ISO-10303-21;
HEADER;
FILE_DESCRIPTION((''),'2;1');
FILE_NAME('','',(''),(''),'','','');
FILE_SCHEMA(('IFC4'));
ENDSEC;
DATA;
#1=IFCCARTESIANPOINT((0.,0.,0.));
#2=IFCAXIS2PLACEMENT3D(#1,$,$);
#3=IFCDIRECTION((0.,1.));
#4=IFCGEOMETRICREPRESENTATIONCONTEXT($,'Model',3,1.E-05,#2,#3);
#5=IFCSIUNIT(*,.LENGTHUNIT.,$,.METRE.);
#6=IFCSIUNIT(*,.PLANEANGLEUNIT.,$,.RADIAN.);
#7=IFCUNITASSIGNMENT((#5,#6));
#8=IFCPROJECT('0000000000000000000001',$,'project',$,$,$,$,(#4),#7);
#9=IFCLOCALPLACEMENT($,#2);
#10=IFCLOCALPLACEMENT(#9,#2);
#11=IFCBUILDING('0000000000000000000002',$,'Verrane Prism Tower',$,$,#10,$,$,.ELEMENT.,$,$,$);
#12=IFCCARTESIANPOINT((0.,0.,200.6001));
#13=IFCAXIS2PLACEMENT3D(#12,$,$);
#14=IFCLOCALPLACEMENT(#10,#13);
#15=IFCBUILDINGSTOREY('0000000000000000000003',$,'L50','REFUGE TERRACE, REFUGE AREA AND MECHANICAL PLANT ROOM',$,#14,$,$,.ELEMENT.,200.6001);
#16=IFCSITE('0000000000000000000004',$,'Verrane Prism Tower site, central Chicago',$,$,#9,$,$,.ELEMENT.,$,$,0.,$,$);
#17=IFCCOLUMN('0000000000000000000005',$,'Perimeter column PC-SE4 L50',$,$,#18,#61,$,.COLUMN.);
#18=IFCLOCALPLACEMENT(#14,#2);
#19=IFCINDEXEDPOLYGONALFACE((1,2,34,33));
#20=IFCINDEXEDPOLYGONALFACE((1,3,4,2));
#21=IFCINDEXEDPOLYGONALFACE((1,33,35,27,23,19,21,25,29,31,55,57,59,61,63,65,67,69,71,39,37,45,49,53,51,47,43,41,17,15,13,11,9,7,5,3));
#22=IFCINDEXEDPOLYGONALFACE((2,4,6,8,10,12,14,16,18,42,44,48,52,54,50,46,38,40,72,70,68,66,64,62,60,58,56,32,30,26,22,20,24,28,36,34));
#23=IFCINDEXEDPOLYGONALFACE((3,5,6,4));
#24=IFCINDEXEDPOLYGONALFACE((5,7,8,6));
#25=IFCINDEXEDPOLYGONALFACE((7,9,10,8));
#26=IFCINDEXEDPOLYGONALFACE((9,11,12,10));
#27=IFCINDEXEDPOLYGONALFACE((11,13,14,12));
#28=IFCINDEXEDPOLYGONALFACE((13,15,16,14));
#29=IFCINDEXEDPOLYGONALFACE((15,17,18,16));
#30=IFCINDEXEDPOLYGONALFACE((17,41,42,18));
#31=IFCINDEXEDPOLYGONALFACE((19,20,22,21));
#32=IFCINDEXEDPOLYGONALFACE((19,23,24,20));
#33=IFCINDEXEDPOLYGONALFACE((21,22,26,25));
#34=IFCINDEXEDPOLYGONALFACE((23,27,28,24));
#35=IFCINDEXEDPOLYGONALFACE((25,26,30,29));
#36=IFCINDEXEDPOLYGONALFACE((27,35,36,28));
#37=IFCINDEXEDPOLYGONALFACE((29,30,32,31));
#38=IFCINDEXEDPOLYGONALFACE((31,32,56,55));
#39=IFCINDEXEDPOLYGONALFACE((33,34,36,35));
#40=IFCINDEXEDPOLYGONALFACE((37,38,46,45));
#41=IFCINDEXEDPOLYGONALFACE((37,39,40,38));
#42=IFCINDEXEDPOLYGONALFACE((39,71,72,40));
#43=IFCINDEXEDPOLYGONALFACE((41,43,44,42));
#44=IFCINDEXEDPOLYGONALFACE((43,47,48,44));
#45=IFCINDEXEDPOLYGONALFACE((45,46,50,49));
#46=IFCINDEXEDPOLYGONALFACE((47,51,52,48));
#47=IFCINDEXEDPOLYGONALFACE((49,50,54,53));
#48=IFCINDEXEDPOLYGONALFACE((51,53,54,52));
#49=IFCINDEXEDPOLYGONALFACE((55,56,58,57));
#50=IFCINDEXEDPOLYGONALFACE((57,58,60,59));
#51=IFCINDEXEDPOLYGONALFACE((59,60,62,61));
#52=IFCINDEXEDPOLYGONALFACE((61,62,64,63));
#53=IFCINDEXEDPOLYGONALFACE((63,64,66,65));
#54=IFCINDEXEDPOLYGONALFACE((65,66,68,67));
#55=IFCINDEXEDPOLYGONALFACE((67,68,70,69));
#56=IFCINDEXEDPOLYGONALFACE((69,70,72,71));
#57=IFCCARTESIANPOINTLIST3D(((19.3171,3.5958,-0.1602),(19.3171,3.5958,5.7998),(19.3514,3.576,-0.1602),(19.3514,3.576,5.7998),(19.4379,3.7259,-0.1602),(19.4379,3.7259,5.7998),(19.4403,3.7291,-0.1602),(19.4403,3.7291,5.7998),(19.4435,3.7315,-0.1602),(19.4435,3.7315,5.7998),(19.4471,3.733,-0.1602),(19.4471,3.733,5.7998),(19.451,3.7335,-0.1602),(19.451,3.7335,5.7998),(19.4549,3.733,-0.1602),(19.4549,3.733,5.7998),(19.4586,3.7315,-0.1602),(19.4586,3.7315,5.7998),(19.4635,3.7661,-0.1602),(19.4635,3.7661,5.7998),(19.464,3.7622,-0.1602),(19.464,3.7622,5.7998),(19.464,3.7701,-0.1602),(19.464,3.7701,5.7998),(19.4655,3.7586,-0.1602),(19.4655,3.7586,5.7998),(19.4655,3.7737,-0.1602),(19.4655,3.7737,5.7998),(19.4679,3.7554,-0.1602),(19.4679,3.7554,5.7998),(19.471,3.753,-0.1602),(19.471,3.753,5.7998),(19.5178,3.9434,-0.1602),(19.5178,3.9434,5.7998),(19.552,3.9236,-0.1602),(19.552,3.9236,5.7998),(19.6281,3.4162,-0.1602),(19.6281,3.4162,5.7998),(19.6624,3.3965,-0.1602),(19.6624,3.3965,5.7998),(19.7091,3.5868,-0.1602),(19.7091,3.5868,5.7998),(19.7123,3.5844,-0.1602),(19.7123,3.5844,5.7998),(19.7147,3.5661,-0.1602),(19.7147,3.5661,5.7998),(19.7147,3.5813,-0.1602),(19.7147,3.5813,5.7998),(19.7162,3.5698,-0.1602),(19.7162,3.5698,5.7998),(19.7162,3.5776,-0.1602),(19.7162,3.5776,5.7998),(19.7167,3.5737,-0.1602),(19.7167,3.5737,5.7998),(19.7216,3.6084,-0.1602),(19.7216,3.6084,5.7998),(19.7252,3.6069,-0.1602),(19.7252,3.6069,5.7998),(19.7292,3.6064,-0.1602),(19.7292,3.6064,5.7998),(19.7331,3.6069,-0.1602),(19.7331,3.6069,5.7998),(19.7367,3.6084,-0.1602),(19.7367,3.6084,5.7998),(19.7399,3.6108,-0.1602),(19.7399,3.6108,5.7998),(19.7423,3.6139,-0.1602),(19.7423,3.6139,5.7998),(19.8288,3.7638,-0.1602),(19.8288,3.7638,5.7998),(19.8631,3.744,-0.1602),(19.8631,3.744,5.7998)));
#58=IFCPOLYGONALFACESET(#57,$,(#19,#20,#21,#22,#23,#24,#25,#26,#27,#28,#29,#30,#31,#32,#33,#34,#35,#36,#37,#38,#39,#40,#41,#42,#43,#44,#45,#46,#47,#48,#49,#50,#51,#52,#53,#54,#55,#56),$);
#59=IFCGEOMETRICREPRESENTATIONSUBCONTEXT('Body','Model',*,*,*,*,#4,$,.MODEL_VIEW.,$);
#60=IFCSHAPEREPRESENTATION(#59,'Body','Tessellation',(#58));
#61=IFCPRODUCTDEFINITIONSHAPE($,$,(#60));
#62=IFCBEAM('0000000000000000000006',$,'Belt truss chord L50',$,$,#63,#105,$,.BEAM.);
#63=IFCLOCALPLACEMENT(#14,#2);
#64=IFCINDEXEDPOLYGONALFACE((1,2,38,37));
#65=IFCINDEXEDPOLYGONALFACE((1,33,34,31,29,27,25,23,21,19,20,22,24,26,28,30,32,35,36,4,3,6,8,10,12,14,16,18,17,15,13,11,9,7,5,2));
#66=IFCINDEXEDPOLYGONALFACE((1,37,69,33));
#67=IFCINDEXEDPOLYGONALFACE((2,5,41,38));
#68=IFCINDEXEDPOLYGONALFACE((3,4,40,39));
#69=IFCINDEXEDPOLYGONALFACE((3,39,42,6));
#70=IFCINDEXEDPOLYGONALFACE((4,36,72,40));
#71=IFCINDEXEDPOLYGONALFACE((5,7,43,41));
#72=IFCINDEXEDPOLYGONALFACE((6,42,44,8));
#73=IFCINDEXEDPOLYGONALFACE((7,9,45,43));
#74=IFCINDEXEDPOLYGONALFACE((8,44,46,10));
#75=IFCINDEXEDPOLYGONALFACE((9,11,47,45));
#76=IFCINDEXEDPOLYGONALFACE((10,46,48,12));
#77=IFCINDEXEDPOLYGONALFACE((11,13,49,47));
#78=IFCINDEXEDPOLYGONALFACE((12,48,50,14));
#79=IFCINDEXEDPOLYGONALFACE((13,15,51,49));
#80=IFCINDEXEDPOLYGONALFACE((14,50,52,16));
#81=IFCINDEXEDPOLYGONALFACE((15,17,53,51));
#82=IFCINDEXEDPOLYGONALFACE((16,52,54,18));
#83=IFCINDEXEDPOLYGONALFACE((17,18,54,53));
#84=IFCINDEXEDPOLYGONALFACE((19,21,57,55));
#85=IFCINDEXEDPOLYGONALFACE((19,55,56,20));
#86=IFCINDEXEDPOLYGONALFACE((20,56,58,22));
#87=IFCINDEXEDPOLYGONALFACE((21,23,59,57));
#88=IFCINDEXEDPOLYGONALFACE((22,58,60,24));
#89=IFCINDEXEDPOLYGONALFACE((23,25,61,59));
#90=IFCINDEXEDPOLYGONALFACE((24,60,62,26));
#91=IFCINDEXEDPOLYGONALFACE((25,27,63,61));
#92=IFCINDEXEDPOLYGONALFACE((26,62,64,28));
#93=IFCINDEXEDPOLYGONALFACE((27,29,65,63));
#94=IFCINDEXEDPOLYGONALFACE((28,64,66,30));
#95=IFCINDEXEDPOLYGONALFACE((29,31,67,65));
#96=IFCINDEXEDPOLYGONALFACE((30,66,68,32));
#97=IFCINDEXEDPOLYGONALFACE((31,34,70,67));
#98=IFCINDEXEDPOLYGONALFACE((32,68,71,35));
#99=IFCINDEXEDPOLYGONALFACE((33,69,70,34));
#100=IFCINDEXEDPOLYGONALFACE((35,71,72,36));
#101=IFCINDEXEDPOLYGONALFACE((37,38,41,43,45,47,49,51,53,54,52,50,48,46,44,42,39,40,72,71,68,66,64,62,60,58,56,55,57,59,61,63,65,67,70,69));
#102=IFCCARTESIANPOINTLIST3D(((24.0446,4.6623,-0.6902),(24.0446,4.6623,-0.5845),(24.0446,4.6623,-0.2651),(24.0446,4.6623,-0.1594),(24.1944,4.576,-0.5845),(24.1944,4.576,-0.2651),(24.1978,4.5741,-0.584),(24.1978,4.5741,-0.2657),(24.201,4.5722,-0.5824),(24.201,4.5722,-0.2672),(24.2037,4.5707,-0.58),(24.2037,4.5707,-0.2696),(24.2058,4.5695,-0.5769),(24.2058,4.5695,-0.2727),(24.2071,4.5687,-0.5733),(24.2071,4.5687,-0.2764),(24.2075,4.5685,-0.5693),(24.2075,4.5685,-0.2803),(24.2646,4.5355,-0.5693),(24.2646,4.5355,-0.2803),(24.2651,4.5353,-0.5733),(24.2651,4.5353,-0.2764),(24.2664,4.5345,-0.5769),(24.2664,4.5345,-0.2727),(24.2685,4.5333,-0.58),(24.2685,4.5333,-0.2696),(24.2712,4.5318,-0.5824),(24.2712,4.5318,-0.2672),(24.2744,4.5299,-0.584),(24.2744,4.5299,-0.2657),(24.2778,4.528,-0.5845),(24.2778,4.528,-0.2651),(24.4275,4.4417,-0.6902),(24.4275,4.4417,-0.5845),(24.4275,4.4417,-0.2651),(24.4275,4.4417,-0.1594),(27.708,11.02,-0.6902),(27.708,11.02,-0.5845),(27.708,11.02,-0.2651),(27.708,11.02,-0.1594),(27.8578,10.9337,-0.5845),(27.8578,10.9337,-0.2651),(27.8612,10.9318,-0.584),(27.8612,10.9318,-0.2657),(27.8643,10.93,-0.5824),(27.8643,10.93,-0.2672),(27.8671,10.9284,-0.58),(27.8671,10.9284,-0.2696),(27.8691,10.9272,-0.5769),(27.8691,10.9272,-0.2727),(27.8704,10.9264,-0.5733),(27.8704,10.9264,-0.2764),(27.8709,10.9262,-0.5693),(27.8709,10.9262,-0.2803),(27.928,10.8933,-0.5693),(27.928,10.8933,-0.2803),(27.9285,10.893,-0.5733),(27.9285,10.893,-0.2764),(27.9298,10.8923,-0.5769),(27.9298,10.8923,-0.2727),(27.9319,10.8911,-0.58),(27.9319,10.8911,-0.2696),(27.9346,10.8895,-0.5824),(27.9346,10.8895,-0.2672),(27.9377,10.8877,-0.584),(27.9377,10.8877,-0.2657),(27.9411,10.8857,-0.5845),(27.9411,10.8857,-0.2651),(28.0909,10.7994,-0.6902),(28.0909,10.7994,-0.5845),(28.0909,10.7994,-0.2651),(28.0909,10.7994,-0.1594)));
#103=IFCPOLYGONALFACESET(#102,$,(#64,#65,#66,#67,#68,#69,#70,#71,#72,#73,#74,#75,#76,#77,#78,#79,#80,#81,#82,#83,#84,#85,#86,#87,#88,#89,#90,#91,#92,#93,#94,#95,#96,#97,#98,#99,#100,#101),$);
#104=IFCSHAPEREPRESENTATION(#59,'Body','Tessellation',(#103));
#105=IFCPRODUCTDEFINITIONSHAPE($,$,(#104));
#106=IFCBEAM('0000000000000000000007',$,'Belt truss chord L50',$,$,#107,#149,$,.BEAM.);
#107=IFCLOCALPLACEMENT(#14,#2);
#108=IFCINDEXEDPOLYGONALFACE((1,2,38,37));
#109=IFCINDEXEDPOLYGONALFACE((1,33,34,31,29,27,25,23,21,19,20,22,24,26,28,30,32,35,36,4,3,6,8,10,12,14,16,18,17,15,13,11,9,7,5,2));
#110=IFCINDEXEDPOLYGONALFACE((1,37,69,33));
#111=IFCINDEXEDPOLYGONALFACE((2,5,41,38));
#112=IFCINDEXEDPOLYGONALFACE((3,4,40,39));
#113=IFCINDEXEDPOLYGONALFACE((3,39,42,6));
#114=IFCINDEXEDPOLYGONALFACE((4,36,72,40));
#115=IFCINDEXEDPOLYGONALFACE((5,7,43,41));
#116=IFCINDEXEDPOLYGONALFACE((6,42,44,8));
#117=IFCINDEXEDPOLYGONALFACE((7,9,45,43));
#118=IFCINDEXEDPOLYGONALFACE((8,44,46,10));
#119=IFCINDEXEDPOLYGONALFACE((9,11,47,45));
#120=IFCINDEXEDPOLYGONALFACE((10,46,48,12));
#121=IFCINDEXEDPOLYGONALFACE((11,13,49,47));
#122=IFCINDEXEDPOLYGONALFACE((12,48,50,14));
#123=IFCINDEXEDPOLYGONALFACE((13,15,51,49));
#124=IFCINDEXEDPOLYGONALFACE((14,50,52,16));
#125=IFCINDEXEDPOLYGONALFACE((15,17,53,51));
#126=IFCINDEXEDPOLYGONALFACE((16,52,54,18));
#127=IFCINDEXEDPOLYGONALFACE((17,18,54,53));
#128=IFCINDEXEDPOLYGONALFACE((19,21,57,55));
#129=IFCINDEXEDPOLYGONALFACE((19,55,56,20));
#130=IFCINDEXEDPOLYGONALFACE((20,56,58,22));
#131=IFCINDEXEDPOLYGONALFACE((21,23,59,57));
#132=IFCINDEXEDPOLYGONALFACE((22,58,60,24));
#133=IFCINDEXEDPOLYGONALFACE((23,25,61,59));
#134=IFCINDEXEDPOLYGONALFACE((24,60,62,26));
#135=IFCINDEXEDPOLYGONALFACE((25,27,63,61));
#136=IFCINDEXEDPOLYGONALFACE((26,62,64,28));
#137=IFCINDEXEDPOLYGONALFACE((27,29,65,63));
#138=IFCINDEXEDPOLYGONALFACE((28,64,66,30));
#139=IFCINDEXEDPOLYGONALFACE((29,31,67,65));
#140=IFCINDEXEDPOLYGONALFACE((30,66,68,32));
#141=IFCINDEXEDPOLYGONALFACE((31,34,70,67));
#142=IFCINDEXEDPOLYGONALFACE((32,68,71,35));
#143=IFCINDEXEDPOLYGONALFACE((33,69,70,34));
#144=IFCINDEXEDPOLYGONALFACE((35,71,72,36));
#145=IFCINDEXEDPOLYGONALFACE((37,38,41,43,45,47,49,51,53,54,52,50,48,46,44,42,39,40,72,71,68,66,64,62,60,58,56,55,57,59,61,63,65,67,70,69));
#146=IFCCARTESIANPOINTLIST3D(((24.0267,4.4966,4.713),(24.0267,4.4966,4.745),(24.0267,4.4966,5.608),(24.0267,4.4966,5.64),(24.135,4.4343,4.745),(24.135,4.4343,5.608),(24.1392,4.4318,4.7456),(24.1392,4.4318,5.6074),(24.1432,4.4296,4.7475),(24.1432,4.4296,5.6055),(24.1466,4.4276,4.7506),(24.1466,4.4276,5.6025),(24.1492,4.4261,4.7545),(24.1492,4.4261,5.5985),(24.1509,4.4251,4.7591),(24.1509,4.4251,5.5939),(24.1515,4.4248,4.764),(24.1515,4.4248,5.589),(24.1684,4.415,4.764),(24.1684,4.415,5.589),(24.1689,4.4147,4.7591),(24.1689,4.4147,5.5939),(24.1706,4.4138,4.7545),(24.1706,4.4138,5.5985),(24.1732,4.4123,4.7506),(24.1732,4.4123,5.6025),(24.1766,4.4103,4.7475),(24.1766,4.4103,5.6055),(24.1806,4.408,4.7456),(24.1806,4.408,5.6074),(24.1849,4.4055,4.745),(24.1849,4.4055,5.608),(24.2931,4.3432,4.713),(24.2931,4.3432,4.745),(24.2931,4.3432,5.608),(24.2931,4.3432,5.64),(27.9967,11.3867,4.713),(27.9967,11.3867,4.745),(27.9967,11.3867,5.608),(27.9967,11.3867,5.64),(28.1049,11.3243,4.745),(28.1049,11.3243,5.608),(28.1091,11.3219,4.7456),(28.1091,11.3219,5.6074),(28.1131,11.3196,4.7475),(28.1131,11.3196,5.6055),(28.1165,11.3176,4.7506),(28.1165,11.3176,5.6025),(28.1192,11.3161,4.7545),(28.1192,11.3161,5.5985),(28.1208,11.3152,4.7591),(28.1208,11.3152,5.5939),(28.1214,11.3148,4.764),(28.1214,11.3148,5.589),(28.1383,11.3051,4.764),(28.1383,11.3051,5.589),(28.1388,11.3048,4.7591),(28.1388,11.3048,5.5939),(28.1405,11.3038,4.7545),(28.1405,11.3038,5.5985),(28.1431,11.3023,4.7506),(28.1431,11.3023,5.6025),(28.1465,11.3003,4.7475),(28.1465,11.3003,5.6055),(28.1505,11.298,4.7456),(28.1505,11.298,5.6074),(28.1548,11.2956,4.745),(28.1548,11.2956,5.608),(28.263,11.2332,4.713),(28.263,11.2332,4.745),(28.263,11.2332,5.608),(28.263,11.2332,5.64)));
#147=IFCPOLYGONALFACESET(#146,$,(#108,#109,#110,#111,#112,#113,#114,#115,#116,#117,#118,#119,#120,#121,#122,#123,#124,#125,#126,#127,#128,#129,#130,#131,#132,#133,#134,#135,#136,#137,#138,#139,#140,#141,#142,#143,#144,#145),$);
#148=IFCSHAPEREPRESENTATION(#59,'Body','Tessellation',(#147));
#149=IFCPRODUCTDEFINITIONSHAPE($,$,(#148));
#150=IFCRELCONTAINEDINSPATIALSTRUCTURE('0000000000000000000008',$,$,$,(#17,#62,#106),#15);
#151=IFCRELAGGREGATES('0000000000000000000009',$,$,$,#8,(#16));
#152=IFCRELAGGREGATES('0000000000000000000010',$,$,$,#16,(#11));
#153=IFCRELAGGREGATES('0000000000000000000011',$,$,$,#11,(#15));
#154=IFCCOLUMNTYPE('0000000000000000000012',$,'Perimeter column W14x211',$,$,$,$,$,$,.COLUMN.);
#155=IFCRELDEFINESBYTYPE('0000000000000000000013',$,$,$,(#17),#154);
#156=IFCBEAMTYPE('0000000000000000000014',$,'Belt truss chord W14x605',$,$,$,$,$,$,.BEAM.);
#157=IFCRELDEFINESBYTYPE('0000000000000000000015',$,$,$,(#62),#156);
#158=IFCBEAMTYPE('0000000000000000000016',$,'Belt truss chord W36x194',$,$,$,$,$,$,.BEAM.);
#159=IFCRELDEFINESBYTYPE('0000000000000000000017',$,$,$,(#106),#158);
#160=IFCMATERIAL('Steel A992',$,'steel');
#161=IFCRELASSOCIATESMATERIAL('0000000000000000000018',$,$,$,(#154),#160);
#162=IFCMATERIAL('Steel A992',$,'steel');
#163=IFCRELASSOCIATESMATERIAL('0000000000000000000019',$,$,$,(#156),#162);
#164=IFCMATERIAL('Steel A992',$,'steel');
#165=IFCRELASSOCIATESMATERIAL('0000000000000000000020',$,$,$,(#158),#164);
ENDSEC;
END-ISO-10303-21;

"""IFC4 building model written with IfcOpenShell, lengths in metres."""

from ifc_helpers import new_model, si_unit, direction, frame, origin, origin_2d, place, context, subcontext, project, spatial, i_section, extrude, material, material_profile, profile_set, type_object, element, save


model = new_model("IFC4")

# Units and contexts
model_context = context("Model", 3, precision=1e-05, world=origin(), true_north=direction((0.0, 1.0)))
body_context = subcontext(model_context, "Body", "Model", "MODEL_VIEW")
ifc_project = project(units=[si_unit("LENGTHUNIT", "METRE"), si_unit("PLANEANGLEUNIT", "RADIAN")], contexts=[model_context])

# Site, building, storey
site_placement = place(None, origin())
site = spatial("IfcSite", under=ifc_project, at=site_placement, Name="Verrane Prism Tower site, central Chicago", CompositionType="ELEMENT", RefElevation=0.0)
building_placement = place(site_placement, origin())
building = spatial("IfcBuilding", under=site, at=building_placement, Name="Verrane Prism Tower", CompositionType="ELEMENT")
storey_placement = place(building_placement, frame((0.0, 0.0, 200.6001)))
storey = spatial("IfcBuildingStorey", under=building, at=storey_placement, Name="L50", Description="REFUGE TERRACE, REFUGE AREA AND MECHANICAL PLANT ROOM", CompositionType="ELEMENT", Elevation=200.6001)

# Column
ifc_material_1 = material(Name="Steel A992", Category="steel")
ifc_material_profile_1 = material_profile(ifc_material_1, i_section(OverallWidth=0.4014, OverallDepth=0.3987, WebThickness=0.0249, FlangeThickness=0.0396, FilletRadius=0.0151, at=origin_2d()), Name="W14x211")
ifc_profile_set_1 = profile_set([ifc_material_profile_1], Name="Steel A992")
column_type_1 = type_object("IfcColumnType", Name="Perimeter column W14x211", PredefinedType="COLUMN", material=ifc_profile_set_1)
column_1_placement = place(storey_placement, frame((19.5901, 3.6699, -0.1602), z_axis=(0.0, 0.0, 1.0), x_axis=(-0.5, -0.866025, 0.0)))
element("IfcColumn", 1, at=column_1_placement, inside=storey, type_object=column_type_1, Name="Perimeter column PC-SE4 L50", PredefinedType="COLUMN", context=body_context, shape_type="SweptSolid", body=[
    extrude(i_section(OverallWidth=0.4014, OverallDepth=0.3987, WebThickness=0.0249, FlangeThickness=0.0396, FilletRadius=0.0151, at=origin_2d()), origin(), (0.0, 0.0, 1.0), 5.96),
])

# Beams
ifc_material_2 = material(Name="Steel A992", Category="steel")
ifc_material_profile_2 = material_profile(ifc_material_2, i_section(OverallWidth=0.4419, OverallDepth=0.5308, WebThickness=0.0659, FlangeThickness=0.1057, FilletRadius=0.0151, at=origin_2d()), Name="W14x605")
ifc_profile_set_2 = profile_set([ifc_material_profile_2], Name="Steel A992")
beam_type_1 = type_object("IfcBeamType", Name="Belt truss chord W14x605", PredefinedType="BEAM", material=ifc_profile_set_2)
beam_1_placement = place(storey_placement, frame((24.2361, 4.552, -0.4248), z_axis=(0.499257, 0.866454, 0.0), x_axis=(-0.866454, 0.499257, 0.0)))
element("IfcBeam", 2, at=beam_1_placement, inside=storey, type_object=beam_type_1, Name="Belt truss chord L50", PredefinedType="BEAM", context=body_context, shape_type="SweptSolid", body=[
    extrude(i_section(OverallWidth=0.4419, OverallDepth=0.5308, WebThickness=0.0659, FlangeThickness=0.1057, FilletRadius=0.0151, at=origin_2d()), origin(), (0.0, 0.0, 1.0), 7.3376),
])
ifc_material_3 = material(Name="Steel A992", Category="steel")
ifc_material_profile_3 = material_profile(ifc_material_3, i_section(OverallWidth=0.3074, OverallDepth=0.927, WebThickness=0.0195, FlangeThickness=0.032, FilletRadius=0.019, at=origin_2d()), Name="W36x194")
ifc_profile_set_3 = profile_set([ifc_material_profile_3], Name="Steel A992")
beam_type_2 = type_object("IfcBeamType", Name="Belt truss chord W36x194", PredefinedType="BEAM", material=ifc_profile_set_3)
beam_2_placement = place(storey_placement, frame((24.1599, 4.4199, 5.1765), z_axis=(0.49924, 0.866464, 0.0), x_axis=(-0.866464, 0.49924, 0.0)))
element("IfcBeam", 3, at=beam_2_placement, inside=storey, type_object=beam_type_2, Name="Belt truss chord L50", PredefinedType="BEAM", context=body_context, shape_type="SweptSolid", body=[
    extrude(i_section(OverallWidth=0.3074, OverallDepth=0.927, WebThickness=0.0195, FlangeThickness=0.032, FilletRadius=0.019, at=origin_2d()), origin(), (0.0, 0.0, 1.0), 7.9519),
])

save(model, "model.ifc")
